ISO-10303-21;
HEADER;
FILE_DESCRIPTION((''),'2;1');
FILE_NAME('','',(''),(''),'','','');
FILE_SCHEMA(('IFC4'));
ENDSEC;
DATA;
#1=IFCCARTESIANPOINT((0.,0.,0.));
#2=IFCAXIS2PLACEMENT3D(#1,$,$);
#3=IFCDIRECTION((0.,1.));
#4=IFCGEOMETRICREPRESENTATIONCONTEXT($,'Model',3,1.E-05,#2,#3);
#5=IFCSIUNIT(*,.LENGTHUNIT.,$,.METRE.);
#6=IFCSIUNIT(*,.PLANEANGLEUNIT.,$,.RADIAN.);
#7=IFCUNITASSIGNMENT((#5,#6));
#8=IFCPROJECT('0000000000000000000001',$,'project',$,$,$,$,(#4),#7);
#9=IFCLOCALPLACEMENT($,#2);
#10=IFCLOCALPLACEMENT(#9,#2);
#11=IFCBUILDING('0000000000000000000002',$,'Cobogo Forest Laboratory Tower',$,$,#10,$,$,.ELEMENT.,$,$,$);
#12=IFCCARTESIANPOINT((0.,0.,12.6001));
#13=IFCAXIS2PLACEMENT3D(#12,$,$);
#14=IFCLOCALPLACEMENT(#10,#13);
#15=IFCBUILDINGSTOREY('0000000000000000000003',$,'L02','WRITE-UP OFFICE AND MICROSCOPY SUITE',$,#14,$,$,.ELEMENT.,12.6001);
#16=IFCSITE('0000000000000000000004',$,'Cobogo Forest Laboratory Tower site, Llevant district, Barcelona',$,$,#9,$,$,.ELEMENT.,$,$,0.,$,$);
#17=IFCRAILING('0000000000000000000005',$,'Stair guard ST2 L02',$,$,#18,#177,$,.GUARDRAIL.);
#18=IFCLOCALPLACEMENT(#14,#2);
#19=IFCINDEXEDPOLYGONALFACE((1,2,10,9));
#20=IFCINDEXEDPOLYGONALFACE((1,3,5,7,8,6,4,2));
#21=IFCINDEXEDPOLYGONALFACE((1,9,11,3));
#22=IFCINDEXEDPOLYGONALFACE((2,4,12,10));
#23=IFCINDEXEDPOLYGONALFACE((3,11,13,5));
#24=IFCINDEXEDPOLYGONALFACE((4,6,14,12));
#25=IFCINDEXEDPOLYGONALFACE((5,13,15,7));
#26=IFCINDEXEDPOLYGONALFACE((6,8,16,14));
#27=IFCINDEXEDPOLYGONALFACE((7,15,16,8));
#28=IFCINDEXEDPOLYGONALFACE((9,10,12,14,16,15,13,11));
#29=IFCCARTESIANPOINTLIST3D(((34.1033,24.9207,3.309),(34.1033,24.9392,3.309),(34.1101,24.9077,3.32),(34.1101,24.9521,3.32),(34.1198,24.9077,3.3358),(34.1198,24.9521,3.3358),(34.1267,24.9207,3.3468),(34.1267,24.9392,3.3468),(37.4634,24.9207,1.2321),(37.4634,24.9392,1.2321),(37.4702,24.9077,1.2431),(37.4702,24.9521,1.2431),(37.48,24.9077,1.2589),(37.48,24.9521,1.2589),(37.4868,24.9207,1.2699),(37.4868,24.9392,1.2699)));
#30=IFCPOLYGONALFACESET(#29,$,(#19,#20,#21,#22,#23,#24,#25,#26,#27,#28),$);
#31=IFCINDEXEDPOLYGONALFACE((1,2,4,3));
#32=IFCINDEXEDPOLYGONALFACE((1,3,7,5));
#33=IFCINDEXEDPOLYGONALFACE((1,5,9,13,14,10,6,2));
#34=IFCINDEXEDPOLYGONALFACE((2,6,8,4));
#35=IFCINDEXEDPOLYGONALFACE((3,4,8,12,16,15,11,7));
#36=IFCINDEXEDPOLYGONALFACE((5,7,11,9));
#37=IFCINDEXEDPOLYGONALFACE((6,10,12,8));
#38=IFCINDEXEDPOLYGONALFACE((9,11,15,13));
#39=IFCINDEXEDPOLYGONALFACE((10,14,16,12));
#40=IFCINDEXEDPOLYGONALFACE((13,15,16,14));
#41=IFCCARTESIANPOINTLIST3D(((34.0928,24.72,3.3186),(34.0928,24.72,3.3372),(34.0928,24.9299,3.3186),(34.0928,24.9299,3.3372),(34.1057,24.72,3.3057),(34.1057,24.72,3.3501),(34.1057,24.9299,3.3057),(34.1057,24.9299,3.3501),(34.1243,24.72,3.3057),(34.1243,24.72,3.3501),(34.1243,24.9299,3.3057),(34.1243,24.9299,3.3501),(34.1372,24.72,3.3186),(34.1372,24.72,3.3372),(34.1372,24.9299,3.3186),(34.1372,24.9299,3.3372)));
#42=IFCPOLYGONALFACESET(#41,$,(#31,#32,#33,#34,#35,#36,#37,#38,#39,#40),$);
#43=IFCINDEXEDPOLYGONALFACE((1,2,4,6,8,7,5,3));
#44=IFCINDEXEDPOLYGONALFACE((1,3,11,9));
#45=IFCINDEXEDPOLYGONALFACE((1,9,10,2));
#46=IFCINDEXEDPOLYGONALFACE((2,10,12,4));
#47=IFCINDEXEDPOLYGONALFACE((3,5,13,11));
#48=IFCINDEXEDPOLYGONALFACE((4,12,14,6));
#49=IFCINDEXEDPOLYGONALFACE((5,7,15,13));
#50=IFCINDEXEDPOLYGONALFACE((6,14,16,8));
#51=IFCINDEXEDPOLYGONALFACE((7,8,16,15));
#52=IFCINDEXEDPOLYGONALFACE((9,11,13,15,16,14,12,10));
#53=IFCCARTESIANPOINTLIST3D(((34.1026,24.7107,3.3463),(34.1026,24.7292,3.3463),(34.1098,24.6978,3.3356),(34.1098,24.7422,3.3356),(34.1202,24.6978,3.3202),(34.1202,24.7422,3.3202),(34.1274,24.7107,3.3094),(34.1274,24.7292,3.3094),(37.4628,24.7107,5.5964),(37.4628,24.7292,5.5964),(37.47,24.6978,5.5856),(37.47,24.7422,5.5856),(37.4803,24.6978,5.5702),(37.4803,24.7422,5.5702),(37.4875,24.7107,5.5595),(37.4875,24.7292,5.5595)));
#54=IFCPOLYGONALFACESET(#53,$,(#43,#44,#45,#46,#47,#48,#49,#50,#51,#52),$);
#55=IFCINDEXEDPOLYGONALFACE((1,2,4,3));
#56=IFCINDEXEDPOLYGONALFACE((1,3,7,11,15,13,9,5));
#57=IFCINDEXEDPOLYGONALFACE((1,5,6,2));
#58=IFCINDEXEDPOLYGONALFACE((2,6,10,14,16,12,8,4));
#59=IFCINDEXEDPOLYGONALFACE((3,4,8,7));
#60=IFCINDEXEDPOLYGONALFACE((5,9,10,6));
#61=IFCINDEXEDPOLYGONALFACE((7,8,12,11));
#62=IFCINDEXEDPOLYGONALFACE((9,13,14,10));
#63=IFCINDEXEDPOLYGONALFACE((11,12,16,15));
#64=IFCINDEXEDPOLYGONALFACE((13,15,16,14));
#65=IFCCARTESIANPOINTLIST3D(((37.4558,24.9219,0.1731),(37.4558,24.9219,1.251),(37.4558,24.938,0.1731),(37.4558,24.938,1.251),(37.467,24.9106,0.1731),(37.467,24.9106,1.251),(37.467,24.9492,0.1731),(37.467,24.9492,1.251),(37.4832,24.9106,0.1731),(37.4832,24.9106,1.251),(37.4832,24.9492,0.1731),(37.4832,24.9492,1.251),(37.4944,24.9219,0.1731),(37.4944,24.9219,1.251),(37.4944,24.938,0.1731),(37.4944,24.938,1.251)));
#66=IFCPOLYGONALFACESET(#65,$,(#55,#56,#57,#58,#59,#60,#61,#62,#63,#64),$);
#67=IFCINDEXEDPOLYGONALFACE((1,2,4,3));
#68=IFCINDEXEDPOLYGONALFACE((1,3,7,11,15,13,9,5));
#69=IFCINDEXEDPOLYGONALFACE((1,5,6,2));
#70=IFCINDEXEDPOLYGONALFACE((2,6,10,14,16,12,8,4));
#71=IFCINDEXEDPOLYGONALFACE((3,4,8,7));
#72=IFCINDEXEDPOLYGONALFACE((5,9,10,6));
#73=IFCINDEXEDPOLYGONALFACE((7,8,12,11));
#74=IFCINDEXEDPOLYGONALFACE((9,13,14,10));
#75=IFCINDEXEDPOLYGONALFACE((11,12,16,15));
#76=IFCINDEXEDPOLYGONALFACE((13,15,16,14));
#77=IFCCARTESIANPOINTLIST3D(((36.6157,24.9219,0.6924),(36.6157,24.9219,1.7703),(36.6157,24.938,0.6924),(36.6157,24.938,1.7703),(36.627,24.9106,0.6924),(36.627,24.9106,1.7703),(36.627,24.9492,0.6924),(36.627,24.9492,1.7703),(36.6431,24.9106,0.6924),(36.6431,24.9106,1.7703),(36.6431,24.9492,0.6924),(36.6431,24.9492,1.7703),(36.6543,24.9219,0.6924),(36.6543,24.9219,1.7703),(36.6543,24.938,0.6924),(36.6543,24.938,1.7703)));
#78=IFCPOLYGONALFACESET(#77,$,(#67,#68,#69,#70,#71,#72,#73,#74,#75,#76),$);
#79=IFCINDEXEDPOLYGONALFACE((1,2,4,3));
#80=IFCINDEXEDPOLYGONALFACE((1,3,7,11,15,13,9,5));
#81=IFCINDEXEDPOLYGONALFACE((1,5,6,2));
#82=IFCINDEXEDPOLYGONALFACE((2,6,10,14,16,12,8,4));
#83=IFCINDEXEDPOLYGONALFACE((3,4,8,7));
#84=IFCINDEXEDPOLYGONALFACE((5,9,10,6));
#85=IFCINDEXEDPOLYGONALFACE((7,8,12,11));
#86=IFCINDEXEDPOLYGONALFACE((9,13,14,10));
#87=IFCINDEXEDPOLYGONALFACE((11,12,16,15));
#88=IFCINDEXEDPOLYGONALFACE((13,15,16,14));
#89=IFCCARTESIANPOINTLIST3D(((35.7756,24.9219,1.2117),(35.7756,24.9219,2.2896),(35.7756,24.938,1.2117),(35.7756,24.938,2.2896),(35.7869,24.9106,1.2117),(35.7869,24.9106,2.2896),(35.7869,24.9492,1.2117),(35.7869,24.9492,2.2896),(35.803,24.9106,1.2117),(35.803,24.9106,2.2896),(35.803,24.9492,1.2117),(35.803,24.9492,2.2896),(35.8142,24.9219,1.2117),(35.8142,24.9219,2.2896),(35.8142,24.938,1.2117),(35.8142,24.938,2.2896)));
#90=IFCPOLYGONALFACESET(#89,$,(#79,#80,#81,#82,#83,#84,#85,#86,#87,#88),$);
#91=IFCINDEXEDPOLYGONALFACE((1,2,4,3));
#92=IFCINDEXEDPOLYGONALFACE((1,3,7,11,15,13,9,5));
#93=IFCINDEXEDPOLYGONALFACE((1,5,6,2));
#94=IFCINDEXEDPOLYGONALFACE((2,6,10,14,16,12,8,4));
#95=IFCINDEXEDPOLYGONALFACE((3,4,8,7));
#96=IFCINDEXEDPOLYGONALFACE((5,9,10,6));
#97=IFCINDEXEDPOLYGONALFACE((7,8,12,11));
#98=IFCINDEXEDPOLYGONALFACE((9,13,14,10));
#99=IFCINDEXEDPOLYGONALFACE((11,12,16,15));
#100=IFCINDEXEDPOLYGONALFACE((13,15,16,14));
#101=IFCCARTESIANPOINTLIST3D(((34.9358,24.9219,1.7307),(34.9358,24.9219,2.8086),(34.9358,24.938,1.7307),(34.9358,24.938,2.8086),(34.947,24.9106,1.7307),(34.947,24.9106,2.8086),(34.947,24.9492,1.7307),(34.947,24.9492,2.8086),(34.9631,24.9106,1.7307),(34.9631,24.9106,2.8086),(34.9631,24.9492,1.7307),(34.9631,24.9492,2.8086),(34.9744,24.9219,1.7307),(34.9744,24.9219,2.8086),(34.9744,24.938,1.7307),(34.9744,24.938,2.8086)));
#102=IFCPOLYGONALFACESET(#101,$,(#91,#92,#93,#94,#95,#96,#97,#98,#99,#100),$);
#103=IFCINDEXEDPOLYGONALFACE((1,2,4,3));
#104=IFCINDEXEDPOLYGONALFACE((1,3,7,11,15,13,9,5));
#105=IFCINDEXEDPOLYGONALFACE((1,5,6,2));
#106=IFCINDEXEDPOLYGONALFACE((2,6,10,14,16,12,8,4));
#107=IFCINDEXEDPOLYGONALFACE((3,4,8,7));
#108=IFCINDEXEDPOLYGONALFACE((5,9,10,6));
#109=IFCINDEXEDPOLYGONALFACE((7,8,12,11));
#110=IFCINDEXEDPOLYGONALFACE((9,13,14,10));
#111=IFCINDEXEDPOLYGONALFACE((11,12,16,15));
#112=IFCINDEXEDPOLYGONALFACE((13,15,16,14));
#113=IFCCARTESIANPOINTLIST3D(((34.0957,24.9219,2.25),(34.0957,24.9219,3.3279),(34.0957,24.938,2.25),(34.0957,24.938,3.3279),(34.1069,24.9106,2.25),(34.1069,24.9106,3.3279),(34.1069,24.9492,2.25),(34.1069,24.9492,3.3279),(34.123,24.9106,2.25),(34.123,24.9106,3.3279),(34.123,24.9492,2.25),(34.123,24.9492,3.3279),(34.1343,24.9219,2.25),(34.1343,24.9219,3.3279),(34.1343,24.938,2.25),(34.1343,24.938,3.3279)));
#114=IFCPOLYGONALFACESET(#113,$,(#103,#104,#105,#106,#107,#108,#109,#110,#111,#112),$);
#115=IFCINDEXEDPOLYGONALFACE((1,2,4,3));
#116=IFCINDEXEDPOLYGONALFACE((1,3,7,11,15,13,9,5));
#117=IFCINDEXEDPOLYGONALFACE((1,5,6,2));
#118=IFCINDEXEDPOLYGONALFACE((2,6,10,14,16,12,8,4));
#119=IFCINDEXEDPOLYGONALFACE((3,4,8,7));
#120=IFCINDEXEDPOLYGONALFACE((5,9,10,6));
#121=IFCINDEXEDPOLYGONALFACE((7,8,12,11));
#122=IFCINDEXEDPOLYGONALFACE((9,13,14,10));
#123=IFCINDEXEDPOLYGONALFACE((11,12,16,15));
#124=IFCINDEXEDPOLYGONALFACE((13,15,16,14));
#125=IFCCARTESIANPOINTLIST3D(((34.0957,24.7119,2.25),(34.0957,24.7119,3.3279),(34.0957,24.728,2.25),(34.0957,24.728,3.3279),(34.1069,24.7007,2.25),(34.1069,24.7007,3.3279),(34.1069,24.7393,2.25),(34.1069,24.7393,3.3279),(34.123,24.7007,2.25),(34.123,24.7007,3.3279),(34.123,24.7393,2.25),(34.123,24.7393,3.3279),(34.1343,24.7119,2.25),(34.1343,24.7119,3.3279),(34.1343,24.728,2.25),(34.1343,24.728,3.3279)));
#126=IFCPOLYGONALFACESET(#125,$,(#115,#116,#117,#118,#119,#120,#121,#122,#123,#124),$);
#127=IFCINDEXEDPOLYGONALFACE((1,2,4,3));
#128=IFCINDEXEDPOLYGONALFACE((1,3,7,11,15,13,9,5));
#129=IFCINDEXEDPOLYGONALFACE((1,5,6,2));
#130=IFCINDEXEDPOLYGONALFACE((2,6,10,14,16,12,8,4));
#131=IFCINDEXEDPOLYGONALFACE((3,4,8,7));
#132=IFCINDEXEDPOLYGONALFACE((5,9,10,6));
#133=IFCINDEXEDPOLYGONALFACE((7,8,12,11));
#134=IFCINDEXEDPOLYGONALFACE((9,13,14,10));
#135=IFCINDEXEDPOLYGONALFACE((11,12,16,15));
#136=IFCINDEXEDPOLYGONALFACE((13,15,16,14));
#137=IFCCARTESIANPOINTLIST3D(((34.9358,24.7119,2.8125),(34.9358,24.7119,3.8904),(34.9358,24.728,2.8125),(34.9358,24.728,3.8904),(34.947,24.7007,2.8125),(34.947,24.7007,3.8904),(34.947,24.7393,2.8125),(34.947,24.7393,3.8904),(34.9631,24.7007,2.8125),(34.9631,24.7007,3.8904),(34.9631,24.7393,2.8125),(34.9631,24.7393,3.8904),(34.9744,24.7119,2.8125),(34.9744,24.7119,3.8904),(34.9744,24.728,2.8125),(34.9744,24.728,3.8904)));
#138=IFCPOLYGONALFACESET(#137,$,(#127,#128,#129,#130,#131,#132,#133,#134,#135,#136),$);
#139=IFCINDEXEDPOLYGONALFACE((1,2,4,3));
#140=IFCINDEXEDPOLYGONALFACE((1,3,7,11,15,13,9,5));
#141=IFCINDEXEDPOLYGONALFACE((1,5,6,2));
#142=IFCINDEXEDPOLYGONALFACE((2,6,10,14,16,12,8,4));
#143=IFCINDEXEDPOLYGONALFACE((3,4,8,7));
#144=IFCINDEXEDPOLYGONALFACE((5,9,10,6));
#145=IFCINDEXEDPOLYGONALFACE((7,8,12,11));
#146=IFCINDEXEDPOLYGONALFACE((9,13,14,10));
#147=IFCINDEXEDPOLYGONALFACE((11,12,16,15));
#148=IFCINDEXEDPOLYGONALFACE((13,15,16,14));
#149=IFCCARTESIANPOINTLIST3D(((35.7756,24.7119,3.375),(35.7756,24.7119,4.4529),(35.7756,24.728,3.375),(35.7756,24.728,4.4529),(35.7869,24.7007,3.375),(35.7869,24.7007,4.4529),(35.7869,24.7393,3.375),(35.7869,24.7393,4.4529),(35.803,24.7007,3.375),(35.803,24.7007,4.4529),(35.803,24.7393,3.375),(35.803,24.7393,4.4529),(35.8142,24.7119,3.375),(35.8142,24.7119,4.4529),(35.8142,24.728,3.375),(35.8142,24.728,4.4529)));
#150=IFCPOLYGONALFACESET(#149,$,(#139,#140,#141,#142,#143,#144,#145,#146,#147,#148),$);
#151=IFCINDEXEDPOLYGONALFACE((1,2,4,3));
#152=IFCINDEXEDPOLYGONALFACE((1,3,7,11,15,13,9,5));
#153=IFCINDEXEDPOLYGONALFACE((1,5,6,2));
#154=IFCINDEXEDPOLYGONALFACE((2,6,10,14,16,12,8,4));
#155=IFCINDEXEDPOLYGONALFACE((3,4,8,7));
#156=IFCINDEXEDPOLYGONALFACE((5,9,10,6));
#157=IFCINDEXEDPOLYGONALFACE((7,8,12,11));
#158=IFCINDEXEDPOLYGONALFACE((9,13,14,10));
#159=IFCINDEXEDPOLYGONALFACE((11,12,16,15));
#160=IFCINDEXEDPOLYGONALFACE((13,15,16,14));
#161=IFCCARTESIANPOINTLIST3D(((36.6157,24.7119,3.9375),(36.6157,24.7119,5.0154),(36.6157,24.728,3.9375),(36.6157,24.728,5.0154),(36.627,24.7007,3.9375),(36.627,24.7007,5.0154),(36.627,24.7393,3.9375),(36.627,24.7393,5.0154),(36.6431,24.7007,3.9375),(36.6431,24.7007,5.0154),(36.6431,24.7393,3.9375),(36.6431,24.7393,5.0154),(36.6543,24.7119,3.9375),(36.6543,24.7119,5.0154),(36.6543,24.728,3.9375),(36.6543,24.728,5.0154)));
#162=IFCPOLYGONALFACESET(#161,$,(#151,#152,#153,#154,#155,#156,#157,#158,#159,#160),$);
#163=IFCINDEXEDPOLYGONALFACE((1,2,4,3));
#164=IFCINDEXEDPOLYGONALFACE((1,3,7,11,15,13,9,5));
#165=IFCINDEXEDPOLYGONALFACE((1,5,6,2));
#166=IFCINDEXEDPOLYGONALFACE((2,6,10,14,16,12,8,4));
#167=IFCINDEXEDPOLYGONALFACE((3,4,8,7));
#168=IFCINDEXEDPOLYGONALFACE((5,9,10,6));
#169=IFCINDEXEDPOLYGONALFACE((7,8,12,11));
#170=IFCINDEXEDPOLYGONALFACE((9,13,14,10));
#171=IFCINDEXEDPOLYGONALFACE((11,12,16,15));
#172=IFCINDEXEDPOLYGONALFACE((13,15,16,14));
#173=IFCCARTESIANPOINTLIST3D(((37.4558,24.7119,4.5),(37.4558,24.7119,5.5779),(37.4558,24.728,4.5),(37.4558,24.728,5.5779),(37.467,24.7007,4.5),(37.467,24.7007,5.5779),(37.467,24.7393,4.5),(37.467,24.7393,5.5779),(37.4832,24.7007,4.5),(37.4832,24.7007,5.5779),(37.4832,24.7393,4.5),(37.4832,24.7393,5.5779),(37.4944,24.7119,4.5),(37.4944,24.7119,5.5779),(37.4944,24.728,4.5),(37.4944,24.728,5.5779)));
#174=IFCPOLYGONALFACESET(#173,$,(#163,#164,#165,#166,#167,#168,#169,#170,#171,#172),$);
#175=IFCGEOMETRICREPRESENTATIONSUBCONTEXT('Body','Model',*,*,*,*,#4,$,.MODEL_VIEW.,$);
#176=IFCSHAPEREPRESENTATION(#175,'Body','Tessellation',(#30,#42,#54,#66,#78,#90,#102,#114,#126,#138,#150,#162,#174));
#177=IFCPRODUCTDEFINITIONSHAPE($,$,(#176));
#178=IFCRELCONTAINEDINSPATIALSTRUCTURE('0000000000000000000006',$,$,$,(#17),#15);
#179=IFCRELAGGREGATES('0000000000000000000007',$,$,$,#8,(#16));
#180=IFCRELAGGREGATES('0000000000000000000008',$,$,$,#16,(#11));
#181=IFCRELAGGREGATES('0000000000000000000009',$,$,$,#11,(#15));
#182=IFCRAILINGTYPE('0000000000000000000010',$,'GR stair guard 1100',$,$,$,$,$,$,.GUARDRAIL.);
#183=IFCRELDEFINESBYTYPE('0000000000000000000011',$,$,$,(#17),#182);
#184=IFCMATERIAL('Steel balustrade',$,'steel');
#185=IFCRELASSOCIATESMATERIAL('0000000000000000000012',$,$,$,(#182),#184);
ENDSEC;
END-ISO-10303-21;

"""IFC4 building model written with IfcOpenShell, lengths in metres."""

from ifc_helpers import new_model, si_unit, direction, frame, origin, place, context, subcontext, project, spatial, polyline, outline, extrude, material, type_object, element, save


model = new_model("IFC4")

# Units and contexts
model_context = context("Model", 3, precision=1e-05, world=origin(), true_north=direction((0.0, 1.0)))
body_context = subcontext(model_context, "Body", "Model", "MODEL_VIEW")
ifc_project = project(units=[si_unit("LENGTHUNIT", "METRE"), si_unit("PLANEANGLEUNIT", "RADIAN")], contexts=[model_context])

# Site, building, storey
site_placement = place(None, origin())
site = spatial("IfcSite", under=ifc_project, at=site_placement, Name="Cobogo Forest Laboratory Tower site, Llevant district, Barcelona", CompositionType="ELEMENT", RefElevation=0.0)
building_placement = place(site_placement, origin())
building = spatial("IfcBuilding", under=site, at=building_placement, Name="Cobogo Forest Laboratory Tower", CompositionType="ELEMENT")
storey_placement = place(building_placement, frame((0.0, 0.0, 12.6001)))
storey = spatial("IfcBuildingStorey", under=building, at=storey_placement, Name="L02", Description="WRITE-UP OFFICE AND MICROSCOPY SUITE", CompositionType="ELEMENT", Elevation=12.6001)

# Railing
ifc_material_1 = material(Name="Steel balustrade", Category="steel")
railing_type_1 = type_object("IfcRailingType", Name="GR stair guard 1100", PredefinedType="GUARDRAIL", material=ifc_material_1)
railing_1_placement = place(storey_placement, frame((37.4751, 24.9299, 0.1731)))
element("IfcRailing", 1, at=railing_1_placement, inside=storey, type_object=railing_type_1, Name="Stair guard ST2 L02", PredefinedType="GUARDRAIL", context=body_context, shape_type="SweptSolid", body=[
    extrude(outline(polyline([(0.0222, 0.0093), (0.0093, 0.0222), (-0.0093, 0.0222), (-0.0222, 0.0093), (-0.0222, -0.0093), (-0.0093, -0.0222), (0.0093, -0.0222), (0.0222, -0.0093), (0.0222, 0.0093)])), frame((0.0, 0.0, 1.0779), z_axis=(-0.850623, 0.0, 0.525776), x_axis=(0.0, -1.0, 0.0)), (0.0, 0.0, 1.0), 3.9502),
    extrude(outline(polyline([(0.0222, 0.0093), (0.0093, 0.0222), (-0.0093, 0.0222), (-0.0222, 0.0093), (-0.0222, -0.0093), (-0.0093, -0.0222), (0.0093, -0.0222), (0.0222, -0.0093), (0.0222, 0.0093)])), frame((-3.3601, 0.0, 3.1548), z_axis=(0.0, -1.0, 0.0), x_axis=(1.0, 0.0, 0.0)), (0.0, 0.0, 1.0), 0.21),
    extrude(outline(polyline([(0.0222, 0.0093), (0.0093, 0.0222), (-0.0093, 0.0222), (-0.0222, 0.0093), (-0.0222, -0.0093), (-0.0093, -0.0222), (0.0093, -0.0222), (0.0222, -0.0093), (0.0222, 0.0093)])), frame((-3.3601, -0.21, 3.1548), z_axis=(0.830915, 0.0, 0.556399), x_axis=(0.0, 1.0, 0.0)), (0.0, 0.0, 1.0), 4.0439),
    extrude(outline(polyline([(0.0193, 0.0081), (0.0081, 0.0193), (-0.0081, 0.0193), (-0.0193, 0.0081), (-0.0193, -0.0081), (-0.0081, -0.0193), (0.0081, -0.0193), (0.0193, -0.0081), (0.0193, 0.0081)])), origin(), (0.0, 0.0, 1.0), 1.0779),
    extrude(outline(polyline([(0.0193, 0.0081), (0.0081, 0.0193), (-0.0081, 0.0193), (-0.0193, 0.0081), (-0.0193, -0.0081), (-0.0081, -0.0193), (0.0081, -0.0193), (0.0193, -0.0081), (0.0193, 0.0081)])), frame((-0.8401, 0.0, 0.5193)), (0.0, 0.0, 1.0), 1.0779),
    extrude(outline(polyline([(0.0193, 0.0081), (0.0081, 0.0193), (-0.0081, 0.0193), (-0.0193, 0.0081), (-0.0193, -0.0081), (-0.0081, -0.0193), (0.0081, -0.0193), (0.0193, -0.0081), (0.0193, 0.0081)])), frame((-1.6802, 0.0, 1.0386)), (0.0, 0.0, 1.0), 1.0779),
    extrude(outline(polyline([(0.0193, 0.0081), (0.0081, 0.0193), (-0.0081, 0.0193), (-0.0193, 0.0081), (-0.0193, -0.0081), (-0.0081, -0.0193), (0.0081, -0.0193), (0.0193, -0.0081), (0.0193, 0.0081)])), frame((-2.52, 0.0, 1.5576)), (0.0, 0.0, 1.0), 1.0779),
    extrude(outline(polyline([(0.0193, 0.0081), (0.0081, 0.0193), (-0.0081, 0.0193), (-0.0193, 0.0081), (-0.0193, -0.0081), (-0.0081, -0.0193), (0.0081, -0.0193), (0.0193, -0.0081), (0.0193, 0.0081)])), frame((-3.3601, 0.0, 2.0769)), (0.0, 0.0, 1.0), 1.0779),
    extrude(outline(polyline([(0.0193, 0.0081), (0.0081, 0.0193), (-0.0081, 0.0193), (-0.0193, 0.0081), (-0.0193, -0.0081), (-0.0081, -0.0193), (0.0081, -0.0193), (0.0193, -0.0081), (0.0193, 0.0081)])), frame((-3.3601, -0.21, 2.0769)), (0.0, 0.0, 1.0), 1.0779),
    extrude(outline(polyline([(0.0193, 0.0081), (0.0081, 0.0193), (-0.0081, 0.0193), (-0.0193, 0.0081), (-0.0193, -0.0081), (-0.0081, -0.0193), (0.0081, -0.0193), (0.0193, -0.0081), (0.0193, 0.0081)])), frame((-2.52, -0.21, 2.6394)), (0.0, 0.0, 1.0), 1.0779),
    extrude(outline(polyline([(0.0193, 0.0081), (0.0081, 0.0193), (-0.0081, 0.0193), (-0.0193, 0.0081), (-0.0193, -0.0081), (-0.0081, -0.0193), (0.0081, -0.0193), (0.0193, -0.0081), (0.0193, 0.0081)])), frame((-1.6802, -0.21, 3.2019)), (0.0, 0.0, 1.0), 1.0779),
    extrude(outline(polyline([(0.0193, 0.0081), (0.0081, 0.0193), (-0.0081, 0.0193), (-0.0193, 0.0081), (-0.0193, -0.0081), (-0.0081, -0.0193), (0.0081, -0.0193), (0.0193, -0.0081), (0.0193, 0.0081)])), frame((-0.8401, -0.21, 3.7644)), (0.0, 0.0, 1.0), 1.0779),
    extrude(outline(polyline([(0.0193, 0.0081), (0.0081, 0.0193), (-0.0081, 0.0193), (-0.0193, 0.0081), (-0.0193, -0.0081), (-0.0081, -0.0193), (0.0081, -0.0193), (0.0193, -0.0081), (0.0193, 0.0081)])), frame((0.0, -0.21, 4.3269)), (0.0, 0.0, 1.0), 1.0779),
])

save(model, "model.ifc")
